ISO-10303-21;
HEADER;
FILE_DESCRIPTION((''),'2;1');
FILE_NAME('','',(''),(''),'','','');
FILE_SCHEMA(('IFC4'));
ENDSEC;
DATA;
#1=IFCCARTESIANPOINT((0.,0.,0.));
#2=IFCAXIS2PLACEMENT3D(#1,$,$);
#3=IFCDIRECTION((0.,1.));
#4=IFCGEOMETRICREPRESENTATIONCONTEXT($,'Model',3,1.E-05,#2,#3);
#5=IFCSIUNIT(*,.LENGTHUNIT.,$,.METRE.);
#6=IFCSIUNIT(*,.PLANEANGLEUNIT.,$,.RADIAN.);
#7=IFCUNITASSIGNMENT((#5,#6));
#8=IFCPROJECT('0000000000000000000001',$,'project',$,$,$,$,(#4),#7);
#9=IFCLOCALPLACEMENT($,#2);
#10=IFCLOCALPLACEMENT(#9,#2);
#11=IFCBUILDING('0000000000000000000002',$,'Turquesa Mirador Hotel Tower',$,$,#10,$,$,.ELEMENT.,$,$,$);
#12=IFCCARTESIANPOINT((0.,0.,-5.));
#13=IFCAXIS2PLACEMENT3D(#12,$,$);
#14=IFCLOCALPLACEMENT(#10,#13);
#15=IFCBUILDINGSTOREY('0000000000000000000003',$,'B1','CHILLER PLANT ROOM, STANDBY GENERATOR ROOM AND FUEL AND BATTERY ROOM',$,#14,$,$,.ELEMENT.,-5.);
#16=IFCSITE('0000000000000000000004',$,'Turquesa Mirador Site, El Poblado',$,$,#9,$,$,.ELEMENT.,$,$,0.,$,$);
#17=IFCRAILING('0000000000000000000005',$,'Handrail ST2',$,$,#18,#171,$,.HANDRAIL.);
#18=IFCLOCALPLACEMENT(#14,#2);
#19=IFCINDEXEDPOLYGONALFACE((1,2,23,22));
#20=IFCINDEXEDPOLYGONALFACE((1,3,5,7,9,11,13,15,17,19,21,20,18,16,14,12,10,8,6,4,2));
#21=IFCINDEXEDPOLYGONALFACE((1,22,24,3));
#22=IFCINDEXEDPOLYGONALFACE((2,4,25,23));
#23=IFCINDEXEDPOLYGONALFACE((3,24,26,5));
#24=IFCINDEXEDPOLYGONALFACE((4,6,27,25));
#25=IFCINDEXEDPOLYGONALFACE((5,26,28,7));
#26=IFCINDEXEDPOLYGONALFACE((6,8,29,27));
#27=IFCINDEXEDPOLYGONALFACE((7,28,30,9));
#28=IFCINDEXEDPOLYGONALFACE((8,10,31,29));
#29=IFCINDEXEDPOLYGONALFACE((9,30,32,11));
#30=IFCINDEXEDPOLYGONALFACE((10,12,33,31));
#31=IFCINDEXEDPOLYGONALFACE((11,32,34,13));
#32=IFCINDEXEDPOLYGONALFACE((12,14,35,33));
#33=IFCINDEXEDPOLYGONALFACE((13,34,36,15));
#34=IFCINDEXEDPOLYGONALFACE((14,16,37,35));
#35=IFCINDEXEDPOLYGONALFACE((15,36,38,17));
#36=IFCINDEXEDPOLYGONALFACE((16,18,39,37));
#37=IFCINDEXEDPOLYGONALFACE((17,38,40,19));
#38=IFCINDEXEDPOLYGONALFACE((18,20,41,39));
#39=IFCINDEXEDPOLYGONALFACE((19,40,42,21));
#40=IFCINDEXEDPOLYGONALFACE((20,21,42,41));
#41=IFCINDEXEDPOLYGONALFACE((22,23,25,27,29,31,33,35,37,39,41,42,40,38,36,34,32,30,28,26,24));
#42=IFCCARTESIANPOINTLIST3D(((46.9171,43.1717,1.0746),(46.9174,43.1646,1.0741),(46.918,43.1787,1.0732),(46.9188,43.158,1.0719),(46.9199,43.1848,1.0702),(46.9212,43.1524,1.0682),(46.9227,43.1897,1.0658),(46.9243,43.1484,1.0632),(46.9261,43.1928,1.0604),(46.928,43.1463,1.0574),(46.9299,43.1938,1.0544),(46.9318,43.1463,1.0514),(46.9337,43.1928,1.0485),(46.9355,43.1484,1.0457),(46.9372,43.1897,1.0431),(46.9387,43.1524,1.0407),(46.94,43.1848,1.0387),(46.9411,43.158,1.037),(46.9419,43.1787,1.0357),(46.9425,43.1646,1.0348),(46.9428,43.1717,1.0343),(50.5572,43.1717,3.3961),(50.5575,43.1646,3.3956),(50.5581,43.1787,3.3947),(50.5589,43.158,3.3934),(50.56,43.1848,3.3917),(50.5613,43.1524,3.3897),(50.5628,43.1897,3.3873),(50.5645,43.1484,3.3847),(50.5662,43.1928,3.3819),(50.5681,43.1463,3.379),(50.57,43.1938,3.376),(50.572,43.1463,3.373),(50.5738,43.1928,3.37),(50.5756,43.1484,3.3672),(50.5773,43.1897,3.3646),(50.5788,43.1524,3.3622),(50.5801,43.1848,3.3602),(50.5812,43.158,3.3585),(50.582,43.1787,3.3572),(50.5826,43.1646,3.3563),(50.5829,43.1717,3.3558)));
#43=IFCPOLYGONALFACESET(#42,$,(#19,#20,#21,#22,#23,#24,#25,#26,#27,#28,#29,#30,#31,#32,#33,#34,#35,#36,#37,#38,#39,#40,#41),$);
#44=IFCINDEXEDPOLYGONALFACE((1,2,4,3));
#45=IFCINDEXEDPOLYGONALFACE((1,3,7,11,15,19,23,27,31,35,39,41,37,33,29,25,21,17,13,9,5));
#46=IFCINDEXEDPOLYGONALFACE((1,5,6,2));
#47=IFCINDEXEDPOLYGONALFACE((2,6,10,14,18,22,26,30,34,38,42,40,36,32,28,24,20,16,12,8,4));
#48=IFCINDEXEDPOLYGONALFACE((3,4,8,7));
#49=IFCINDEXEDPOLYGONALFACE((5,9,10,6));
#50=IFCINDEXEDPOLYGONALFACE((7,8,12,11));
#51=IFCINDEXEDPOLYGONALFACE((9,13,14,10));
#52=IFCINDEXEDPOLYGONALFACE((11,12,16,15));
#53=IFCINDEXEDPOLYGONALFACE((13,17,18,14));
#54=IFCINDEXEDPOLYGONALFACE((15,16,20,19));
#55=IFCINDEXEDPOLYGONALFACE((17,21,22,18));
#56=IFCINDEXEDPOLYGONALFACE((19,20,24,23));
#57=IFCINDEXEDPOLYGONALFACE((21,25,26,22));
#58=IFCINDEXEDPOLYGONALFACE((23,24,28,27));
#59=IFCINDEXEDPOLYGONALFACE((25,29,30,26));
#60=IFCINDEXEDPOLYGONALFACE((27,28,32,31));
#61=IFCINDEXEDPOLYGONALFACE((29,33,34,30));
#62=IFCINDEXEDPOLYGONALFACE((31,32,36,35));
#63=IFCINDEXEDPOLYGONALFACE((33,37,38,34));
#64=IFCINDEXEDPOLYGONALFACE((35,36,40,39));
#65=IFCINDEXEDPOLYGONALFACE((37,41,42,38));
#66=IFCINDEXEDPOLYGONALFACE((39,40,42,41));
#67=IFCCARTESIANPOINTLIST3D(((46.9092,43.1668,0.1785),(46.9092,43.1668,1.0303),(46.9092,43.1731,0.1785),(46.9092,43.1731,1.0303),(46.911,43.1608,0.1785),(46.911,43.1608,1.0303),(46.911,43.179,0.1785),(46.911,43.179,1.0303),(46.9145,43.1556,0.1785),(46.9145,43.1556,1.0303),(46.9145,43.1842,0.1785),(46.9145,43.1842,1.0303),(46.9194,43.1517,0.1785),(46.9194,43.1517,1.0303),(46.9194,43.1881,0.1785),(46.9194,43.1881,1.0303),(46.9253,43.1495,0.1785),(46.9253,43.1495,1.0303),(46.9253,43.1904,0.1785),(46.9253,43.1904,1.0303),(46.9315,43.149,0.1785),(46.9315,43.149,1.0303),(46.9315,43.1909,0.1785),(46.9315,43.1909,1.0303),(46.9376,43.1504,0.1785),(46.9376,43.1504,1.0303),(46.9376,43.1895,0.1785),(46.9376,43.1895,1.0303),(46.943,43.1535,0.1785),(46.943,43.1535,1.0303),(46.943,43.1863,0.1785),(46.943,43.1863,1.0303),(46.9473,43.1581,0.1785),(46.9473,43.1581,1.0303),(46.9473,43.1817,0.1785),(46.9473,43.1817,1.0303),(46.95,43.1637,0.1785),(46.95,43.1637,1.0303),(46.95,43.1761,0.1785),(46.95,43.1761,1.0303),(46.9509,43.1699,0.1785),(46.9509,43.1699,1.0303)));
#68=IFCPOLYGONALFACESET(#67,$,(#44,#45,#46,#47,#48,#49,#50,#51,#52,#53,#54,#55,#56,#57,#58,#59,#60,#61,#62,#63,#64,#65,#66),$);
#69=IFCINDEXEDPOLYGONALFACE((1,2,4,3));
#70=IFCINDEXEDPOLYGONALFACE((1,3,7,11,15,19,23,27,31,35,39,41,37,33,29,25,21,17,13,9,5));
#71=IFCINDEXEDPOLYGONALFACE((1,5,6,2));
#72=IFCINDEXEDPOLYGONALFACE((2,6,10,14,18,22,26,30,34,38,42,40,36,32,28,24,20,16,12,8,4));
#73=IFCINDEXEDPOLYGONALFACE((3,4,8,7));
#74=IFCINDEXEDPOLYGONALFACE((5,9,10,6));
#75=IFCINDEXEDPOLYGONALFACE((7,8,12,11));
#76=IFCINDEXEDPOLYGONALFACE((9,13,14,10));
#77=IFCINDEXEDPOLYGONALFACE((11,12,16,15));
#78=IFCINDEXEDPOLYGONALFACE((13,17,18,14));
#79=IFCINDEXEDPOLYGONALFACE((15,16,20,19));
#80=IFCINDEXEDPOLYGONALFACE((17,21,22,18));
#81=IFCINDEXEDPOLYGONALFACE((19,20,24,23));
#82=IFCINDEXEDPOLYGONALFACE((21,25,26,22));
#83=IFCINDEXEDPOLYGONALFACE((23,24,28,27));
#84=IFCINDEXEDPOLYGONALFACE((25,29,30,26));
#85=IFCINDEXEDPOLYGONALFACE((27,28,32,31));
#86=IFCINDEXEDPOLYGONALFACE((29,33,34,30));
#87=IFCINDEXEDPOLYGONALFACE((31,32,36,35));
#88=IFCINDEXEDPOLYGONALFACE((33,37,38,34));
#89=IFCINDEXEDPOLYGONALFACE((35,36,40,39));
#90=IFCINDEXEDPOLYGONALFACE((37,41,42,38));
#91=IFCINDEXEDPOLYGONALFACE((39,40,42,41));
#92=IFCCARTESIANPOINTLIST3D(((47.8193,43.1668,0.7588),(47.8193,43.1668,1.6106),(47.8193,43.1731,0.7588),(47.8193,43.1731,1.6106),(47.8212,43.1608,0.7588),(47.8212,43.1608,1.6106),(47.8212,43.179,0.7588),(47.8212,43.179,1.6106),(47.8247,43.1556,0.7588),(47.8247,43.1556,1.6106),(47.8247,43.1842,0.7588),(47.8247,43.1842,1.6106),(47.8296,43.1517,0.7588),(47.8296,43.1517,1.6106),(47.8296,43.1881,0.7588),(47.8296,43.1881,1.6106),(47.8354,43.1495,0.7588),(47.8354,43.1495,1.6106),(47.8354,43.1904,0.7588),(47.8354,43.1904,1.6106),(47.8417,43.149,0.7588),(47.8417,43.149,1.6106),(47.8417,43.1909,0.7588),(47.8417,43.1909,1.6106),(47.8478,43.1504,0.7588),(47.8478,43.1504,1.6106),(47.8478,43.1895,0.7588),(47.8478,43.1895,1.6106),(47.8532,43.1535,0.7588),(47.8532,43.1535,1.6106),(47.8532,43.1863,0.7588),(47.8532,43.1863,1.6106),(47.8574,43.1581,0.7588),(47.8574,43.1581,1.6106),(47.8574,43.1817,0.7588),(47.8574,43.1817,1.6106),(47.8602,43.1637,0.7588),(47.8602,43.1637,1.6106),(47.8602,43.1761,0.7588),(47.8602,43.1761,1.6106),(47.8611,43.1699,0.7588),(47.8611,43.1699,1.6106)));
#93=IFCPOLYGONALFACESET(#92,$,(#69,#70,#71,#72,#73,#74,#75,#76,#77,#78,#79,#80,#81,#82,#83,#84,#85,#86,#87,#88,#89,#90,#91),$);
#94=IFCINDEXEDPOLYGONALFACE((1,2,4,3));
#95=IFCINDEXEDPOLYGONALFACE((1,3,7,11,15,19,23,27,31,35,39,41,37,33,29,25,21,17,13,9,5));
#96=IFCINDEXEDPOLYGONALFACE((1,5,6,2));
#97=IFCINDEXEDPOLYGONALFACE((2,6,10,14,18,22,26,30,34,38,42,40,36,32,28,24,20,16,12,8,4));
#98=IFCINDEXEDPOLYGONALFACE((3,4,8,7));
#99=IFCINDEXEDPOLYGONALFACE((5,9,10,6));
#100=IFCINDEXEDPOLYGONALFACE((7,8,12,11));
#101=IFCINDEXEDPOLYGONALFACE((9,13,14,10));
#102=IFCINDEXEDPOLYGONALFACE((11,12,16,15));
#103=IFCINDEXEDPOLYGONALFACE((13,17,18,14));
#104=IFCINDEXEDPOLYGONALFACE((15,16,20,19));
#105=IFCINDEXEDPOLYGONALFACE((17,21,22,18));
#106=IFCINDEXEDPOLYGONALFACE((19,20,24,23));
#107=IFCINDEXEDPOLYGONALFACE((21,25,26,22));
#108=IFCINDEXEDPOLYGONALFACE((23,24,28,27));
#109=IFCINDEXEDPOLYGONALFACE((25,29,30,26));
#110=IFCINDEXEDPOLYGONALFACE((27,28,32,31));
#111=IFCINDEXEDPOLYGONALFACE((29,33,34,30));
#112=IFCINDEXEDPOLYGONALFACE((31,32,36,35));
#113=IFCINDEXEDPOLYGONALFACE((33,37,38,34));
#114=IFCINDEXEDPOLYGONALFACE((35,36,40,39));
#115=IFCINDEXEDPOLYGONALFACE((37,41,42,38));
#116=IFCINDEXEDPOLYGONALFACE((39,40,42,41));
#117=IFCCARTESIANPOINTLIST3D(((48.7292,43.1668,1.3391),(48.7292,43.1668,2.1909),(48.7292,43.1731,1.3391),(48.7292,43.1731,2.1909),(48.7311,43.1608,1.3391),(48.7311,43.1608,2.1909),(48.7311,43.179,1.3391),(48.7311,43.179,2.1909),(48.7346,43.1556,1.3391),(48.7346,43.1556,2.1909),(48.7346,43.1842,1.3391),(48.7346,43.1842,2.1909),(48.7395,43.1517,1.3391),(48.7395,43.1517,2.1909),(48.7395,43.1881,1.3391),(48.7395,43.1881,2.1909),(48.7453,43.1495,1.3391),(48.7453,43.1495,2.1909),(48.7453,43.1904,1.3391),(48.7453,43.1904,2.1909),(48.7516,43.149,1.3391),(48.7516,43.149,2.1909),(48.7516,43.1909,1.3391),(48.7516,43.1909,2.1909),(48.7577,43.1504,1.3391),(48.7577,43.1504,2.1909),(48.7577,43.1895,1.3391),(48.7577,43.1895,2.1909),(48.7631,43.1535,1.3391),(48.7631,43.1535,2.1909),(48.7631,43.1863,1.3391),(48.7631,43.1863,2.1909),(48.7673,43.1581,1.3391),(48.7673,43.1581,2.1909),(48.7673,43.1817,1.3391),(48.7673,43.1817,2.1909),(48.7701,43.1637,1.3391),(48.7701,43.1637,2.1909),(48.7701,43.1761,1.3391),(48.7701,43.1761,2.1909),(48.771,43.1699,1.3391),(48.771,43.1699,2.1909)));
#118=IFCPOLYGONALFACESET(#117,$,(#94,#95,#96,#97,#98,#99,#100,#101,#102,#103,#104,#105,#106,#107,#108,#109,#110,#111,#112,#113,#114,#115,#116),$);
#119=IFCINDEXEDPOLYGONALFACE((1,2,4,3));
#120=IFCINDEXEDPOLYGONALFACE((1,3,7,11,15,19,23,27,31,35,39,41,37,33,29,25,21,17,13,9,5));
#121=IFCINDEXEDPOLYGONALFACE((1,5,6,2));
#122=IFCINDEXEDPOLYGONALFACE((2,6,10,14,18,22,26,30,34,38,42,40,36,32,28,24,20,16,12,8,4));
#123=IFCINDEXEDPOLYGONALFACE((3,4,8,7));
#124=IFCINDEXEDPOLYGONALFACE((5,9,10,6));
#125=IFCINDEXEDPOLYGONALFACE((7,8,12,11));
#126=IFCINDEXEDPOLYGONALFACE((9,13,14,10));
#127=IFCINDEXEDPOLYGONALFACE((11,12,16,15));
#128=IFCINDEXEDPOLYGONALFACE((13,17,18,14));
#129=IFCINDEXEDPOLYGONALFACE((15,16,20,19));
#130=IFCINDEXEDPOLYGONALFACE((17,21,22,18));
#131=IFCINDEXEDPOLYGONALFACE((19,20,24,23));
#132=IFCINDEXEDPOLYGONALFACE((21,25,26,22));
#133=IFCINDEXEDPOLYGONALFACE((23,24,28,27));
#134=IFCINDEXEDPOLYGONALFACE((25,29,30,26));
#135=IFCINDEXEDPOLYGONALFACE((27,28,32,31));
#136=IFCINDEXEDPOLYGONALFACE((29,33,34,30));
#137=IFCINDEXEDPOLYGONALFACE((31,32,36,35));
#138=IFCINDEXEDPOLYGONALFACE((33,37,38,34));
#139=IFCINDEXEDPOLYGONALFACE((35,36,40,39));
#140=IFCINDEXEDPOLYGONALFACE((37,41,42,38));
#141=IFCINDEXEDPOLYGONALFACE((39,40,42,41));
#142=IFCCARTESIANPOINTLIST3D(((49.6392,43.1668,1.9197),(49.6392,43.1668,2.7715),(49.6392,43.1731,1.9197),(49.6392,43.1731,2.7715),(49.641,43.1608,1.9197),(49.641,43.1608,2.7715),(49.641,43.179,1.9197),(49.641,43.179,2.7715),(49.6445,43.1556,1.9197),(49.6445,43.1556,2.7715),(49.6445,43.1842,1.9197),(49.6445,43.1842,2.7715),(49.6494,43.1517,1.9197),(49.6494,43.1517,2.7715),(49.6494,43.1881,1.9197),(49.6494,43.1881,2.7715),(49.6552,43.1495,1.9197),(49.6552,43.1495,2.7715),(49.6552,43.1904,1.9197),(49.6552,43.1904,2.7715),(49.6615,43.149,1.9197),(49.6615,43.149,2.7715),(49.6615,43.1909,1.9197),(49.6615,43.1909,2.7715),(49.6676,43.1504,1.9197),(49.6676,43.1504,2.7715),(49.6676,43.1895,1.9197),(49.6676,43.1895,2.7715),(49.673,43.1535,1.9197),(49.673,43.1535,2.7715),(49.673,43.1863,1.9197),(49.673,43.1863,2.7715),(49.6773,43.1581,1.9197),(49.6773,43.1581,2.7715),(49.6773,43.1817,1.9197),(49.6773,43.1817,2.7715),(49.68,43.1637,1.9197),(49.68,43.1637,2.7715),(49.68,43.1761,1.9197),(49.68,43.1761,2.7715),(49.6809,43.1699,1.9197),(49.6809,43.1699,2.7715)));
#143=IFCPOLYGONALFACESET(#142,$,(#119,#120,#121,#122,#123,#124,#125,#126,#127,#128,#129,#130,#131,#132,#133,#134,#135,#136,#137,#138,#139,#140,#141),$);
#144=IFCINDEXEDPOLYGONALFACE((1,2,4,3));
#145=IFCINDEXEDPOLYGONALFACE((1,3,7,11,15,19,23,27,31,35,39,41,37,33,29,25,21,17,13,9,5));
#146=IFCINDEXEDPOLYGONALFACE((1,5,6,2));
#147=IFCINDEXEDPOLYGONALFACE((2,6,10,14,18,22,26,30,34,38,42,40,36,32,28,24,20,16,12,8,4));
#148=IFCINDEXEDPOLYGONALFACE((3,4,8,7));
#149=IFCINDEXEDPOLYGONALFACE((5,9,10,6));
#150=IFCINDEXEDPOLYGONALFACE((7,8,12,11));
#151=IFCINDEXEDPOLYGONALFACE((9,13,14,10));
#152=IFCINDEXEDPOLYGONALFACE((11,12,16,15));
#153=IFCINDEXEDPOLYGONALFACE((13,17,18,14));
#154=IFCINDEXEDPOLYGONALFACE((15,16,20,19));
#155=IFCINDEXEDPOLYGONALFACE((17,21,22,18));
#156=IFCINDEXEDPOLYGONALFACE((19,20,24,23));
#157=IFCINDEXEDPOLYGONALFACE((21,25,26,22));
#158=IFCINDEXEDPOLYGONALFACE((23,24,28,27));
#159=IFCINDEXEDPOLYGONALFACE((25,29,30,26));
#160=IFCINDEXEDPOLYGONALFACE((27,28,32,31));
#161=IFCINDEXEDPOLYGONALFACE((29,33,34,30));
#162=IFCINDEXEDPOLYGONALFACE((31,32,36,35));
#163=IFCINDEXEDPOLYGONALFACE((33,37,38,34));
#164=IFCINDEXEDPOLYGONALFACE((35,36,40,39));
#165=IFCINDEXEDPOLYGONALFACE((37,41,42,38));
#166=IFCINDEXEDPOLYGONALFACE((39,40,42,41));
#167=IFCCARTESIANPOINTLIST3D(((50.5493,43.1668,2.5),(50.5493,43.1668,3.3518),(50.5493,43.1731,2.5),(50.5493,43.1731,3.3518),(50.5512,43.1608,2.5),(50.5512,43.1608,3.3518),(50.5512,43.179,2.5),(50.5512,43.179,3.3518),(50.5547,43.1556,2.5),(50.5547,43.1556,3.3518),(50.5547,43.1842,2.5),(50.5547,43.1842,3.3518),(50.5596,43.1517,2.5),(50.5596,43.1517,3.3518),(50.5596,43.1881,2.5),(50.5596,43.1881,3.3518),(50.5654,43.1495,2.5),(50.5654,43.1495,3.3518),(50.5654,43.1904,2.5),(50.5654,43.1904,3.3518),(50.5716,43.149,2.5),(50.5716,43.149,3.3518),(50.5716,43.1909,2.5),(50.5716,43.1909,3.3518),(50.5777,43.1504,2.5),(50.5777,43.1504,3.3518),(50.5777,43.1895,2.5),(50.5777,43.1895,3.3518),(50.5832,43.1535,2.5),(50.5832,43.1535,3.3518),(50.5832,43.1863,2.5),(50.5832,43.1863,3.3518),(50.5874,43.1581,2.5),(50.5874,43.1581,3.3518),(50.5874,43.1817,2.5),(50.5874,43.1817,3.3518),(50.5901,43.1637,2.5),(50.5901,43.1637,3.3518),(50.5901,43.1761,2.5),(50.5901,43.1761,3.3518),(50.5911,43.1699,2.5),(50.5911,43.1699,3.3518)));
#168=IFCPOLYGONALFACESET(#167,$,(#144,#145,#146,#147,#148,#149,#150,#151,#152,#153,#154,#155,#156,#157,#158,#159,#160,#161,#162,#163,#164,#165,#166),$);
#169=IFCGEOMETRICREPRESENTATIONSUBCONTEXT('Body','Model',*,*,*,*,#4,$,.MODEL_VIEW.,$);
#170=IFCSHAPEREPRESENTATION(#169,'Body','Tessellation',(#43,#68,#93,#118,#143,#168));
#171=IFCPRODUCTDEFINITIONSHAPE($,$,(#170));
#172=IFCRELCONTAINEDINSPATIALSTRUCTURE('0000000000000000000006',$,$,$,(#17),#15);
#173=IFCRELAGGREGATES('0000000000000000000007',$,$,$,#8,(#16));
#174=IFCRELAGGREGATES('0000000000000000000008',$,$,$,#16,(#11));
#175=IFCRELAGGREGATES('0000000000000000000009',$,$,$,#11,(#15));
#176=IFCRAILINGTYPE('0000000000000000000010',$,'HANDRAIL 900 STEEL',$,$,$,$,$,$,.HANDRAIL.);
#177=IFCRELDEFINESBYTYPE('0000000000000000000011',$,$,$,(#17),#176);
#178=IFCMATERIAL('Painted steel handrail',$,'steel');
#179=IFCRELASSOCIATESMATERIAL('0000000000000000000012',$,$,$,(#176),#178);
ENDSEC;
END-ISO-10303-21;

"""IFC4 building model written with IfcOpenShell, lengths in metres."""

from ifc_helpers import new_model, si_unit, direction, frame, origin, origin_2d, place, context, subcontext, project, spatial, circle, extrude, material, type_object, element, save


model = new_model("IFC4")

# Units and contexts
model_context = context("Model", 3, precision=1e-05, world=origin(), true_north=direction((0.0, 1.0)))
body_context = subcontext(model_context, "Body", "Model", "MODEL_VIEW")
ifc_project = project(units=[si_unit("LENGTHUNIT", "METRE"), si_unit("PLANEANGLEUNIT", "RADIAN")], contexts=[model_context])

# Site, building, storey
site_placement = place(None, origin())
site = spatial("IfcSite", under=ifc_project, at=site_placement, Name="Turquesa Mirador Site, El Poblado", CompositionType="ELEMENT", RefElevation=0.0)
building_placement = place(site_placement, origin())
building = spatial("IfcBuilding", under=site, at=building_placement, Name="Turquesa Mirador Hotel Tower", CompositionType="ELEMENT")
storey_placement = place(building_placement, frame((0.0, 0.0, -5.0)))
storey = spatial("IfcBuildingStorey", under=building, at=storey_placement, Name="B1", Description="CHILLER PLANT ROOM, STANDBY GENERATOR ROOM AND FUEL AND BATTERY ROOM", CompositionType="ELEMENT", Elevation=-5.0)

# Railing
ifc_material_1 = material(Name="Painted steel handrail", Category="steel")
railing_type = type_object("IfcRailingType", Name="HANDRAIL 900 STEEL", PredefinedType="HANDRAIL", material=ifc_material_1)
railing_placement = place(storey_placement, frame((46.9299, 43.1699, 0.1785)))
element("IfcRailing", 1, at=railing_placement, inside=storey, type_object=railing_type, Name="Handrail ST2", PredefinedType="HANDRAIL", context=body_context, shape_type="SweptSolid", body=[
    extrude(circle(Radius=0.0239, at=origin_2d()), frame((0.0, 0.0, 0.876), z_axis=(0.843128, 0.0, 0.537713), x_axis=(0.0, 1.0, 0.0)), (0.0, 0.0, 1.0), 4.3174),
    extrude(circle(Radius=0.021, at=origin_2d()), origin(), (0.0, 0.0, 1.0), 0.8518),
    extrude(circle(Radius=0.021, at=origin_2d()), frame((0.9102, 0.0, 0.5803)), (0.0, 0.0, 1.0), 0.8518),
    extrude(circle(Radius=0.021, at=origin_2d()), frame((1.8201, 0.0, 1.1606)), (0.0, 0.0, 1.0), 0.8518),
    extrude(circle(Radius=0.021, at=origin_2d()), frame((2.73, 0.0, 1.7412)), (0.0, 0.0, 1.0), 0.8518),
    extrude(circle(Radius=0.021, at=origin_2d()), frame((3.6401, 0.0, 2.3215)), (0.0, 0.0, 1.0), 0.8518),
])

save(model, "model.ifc")
